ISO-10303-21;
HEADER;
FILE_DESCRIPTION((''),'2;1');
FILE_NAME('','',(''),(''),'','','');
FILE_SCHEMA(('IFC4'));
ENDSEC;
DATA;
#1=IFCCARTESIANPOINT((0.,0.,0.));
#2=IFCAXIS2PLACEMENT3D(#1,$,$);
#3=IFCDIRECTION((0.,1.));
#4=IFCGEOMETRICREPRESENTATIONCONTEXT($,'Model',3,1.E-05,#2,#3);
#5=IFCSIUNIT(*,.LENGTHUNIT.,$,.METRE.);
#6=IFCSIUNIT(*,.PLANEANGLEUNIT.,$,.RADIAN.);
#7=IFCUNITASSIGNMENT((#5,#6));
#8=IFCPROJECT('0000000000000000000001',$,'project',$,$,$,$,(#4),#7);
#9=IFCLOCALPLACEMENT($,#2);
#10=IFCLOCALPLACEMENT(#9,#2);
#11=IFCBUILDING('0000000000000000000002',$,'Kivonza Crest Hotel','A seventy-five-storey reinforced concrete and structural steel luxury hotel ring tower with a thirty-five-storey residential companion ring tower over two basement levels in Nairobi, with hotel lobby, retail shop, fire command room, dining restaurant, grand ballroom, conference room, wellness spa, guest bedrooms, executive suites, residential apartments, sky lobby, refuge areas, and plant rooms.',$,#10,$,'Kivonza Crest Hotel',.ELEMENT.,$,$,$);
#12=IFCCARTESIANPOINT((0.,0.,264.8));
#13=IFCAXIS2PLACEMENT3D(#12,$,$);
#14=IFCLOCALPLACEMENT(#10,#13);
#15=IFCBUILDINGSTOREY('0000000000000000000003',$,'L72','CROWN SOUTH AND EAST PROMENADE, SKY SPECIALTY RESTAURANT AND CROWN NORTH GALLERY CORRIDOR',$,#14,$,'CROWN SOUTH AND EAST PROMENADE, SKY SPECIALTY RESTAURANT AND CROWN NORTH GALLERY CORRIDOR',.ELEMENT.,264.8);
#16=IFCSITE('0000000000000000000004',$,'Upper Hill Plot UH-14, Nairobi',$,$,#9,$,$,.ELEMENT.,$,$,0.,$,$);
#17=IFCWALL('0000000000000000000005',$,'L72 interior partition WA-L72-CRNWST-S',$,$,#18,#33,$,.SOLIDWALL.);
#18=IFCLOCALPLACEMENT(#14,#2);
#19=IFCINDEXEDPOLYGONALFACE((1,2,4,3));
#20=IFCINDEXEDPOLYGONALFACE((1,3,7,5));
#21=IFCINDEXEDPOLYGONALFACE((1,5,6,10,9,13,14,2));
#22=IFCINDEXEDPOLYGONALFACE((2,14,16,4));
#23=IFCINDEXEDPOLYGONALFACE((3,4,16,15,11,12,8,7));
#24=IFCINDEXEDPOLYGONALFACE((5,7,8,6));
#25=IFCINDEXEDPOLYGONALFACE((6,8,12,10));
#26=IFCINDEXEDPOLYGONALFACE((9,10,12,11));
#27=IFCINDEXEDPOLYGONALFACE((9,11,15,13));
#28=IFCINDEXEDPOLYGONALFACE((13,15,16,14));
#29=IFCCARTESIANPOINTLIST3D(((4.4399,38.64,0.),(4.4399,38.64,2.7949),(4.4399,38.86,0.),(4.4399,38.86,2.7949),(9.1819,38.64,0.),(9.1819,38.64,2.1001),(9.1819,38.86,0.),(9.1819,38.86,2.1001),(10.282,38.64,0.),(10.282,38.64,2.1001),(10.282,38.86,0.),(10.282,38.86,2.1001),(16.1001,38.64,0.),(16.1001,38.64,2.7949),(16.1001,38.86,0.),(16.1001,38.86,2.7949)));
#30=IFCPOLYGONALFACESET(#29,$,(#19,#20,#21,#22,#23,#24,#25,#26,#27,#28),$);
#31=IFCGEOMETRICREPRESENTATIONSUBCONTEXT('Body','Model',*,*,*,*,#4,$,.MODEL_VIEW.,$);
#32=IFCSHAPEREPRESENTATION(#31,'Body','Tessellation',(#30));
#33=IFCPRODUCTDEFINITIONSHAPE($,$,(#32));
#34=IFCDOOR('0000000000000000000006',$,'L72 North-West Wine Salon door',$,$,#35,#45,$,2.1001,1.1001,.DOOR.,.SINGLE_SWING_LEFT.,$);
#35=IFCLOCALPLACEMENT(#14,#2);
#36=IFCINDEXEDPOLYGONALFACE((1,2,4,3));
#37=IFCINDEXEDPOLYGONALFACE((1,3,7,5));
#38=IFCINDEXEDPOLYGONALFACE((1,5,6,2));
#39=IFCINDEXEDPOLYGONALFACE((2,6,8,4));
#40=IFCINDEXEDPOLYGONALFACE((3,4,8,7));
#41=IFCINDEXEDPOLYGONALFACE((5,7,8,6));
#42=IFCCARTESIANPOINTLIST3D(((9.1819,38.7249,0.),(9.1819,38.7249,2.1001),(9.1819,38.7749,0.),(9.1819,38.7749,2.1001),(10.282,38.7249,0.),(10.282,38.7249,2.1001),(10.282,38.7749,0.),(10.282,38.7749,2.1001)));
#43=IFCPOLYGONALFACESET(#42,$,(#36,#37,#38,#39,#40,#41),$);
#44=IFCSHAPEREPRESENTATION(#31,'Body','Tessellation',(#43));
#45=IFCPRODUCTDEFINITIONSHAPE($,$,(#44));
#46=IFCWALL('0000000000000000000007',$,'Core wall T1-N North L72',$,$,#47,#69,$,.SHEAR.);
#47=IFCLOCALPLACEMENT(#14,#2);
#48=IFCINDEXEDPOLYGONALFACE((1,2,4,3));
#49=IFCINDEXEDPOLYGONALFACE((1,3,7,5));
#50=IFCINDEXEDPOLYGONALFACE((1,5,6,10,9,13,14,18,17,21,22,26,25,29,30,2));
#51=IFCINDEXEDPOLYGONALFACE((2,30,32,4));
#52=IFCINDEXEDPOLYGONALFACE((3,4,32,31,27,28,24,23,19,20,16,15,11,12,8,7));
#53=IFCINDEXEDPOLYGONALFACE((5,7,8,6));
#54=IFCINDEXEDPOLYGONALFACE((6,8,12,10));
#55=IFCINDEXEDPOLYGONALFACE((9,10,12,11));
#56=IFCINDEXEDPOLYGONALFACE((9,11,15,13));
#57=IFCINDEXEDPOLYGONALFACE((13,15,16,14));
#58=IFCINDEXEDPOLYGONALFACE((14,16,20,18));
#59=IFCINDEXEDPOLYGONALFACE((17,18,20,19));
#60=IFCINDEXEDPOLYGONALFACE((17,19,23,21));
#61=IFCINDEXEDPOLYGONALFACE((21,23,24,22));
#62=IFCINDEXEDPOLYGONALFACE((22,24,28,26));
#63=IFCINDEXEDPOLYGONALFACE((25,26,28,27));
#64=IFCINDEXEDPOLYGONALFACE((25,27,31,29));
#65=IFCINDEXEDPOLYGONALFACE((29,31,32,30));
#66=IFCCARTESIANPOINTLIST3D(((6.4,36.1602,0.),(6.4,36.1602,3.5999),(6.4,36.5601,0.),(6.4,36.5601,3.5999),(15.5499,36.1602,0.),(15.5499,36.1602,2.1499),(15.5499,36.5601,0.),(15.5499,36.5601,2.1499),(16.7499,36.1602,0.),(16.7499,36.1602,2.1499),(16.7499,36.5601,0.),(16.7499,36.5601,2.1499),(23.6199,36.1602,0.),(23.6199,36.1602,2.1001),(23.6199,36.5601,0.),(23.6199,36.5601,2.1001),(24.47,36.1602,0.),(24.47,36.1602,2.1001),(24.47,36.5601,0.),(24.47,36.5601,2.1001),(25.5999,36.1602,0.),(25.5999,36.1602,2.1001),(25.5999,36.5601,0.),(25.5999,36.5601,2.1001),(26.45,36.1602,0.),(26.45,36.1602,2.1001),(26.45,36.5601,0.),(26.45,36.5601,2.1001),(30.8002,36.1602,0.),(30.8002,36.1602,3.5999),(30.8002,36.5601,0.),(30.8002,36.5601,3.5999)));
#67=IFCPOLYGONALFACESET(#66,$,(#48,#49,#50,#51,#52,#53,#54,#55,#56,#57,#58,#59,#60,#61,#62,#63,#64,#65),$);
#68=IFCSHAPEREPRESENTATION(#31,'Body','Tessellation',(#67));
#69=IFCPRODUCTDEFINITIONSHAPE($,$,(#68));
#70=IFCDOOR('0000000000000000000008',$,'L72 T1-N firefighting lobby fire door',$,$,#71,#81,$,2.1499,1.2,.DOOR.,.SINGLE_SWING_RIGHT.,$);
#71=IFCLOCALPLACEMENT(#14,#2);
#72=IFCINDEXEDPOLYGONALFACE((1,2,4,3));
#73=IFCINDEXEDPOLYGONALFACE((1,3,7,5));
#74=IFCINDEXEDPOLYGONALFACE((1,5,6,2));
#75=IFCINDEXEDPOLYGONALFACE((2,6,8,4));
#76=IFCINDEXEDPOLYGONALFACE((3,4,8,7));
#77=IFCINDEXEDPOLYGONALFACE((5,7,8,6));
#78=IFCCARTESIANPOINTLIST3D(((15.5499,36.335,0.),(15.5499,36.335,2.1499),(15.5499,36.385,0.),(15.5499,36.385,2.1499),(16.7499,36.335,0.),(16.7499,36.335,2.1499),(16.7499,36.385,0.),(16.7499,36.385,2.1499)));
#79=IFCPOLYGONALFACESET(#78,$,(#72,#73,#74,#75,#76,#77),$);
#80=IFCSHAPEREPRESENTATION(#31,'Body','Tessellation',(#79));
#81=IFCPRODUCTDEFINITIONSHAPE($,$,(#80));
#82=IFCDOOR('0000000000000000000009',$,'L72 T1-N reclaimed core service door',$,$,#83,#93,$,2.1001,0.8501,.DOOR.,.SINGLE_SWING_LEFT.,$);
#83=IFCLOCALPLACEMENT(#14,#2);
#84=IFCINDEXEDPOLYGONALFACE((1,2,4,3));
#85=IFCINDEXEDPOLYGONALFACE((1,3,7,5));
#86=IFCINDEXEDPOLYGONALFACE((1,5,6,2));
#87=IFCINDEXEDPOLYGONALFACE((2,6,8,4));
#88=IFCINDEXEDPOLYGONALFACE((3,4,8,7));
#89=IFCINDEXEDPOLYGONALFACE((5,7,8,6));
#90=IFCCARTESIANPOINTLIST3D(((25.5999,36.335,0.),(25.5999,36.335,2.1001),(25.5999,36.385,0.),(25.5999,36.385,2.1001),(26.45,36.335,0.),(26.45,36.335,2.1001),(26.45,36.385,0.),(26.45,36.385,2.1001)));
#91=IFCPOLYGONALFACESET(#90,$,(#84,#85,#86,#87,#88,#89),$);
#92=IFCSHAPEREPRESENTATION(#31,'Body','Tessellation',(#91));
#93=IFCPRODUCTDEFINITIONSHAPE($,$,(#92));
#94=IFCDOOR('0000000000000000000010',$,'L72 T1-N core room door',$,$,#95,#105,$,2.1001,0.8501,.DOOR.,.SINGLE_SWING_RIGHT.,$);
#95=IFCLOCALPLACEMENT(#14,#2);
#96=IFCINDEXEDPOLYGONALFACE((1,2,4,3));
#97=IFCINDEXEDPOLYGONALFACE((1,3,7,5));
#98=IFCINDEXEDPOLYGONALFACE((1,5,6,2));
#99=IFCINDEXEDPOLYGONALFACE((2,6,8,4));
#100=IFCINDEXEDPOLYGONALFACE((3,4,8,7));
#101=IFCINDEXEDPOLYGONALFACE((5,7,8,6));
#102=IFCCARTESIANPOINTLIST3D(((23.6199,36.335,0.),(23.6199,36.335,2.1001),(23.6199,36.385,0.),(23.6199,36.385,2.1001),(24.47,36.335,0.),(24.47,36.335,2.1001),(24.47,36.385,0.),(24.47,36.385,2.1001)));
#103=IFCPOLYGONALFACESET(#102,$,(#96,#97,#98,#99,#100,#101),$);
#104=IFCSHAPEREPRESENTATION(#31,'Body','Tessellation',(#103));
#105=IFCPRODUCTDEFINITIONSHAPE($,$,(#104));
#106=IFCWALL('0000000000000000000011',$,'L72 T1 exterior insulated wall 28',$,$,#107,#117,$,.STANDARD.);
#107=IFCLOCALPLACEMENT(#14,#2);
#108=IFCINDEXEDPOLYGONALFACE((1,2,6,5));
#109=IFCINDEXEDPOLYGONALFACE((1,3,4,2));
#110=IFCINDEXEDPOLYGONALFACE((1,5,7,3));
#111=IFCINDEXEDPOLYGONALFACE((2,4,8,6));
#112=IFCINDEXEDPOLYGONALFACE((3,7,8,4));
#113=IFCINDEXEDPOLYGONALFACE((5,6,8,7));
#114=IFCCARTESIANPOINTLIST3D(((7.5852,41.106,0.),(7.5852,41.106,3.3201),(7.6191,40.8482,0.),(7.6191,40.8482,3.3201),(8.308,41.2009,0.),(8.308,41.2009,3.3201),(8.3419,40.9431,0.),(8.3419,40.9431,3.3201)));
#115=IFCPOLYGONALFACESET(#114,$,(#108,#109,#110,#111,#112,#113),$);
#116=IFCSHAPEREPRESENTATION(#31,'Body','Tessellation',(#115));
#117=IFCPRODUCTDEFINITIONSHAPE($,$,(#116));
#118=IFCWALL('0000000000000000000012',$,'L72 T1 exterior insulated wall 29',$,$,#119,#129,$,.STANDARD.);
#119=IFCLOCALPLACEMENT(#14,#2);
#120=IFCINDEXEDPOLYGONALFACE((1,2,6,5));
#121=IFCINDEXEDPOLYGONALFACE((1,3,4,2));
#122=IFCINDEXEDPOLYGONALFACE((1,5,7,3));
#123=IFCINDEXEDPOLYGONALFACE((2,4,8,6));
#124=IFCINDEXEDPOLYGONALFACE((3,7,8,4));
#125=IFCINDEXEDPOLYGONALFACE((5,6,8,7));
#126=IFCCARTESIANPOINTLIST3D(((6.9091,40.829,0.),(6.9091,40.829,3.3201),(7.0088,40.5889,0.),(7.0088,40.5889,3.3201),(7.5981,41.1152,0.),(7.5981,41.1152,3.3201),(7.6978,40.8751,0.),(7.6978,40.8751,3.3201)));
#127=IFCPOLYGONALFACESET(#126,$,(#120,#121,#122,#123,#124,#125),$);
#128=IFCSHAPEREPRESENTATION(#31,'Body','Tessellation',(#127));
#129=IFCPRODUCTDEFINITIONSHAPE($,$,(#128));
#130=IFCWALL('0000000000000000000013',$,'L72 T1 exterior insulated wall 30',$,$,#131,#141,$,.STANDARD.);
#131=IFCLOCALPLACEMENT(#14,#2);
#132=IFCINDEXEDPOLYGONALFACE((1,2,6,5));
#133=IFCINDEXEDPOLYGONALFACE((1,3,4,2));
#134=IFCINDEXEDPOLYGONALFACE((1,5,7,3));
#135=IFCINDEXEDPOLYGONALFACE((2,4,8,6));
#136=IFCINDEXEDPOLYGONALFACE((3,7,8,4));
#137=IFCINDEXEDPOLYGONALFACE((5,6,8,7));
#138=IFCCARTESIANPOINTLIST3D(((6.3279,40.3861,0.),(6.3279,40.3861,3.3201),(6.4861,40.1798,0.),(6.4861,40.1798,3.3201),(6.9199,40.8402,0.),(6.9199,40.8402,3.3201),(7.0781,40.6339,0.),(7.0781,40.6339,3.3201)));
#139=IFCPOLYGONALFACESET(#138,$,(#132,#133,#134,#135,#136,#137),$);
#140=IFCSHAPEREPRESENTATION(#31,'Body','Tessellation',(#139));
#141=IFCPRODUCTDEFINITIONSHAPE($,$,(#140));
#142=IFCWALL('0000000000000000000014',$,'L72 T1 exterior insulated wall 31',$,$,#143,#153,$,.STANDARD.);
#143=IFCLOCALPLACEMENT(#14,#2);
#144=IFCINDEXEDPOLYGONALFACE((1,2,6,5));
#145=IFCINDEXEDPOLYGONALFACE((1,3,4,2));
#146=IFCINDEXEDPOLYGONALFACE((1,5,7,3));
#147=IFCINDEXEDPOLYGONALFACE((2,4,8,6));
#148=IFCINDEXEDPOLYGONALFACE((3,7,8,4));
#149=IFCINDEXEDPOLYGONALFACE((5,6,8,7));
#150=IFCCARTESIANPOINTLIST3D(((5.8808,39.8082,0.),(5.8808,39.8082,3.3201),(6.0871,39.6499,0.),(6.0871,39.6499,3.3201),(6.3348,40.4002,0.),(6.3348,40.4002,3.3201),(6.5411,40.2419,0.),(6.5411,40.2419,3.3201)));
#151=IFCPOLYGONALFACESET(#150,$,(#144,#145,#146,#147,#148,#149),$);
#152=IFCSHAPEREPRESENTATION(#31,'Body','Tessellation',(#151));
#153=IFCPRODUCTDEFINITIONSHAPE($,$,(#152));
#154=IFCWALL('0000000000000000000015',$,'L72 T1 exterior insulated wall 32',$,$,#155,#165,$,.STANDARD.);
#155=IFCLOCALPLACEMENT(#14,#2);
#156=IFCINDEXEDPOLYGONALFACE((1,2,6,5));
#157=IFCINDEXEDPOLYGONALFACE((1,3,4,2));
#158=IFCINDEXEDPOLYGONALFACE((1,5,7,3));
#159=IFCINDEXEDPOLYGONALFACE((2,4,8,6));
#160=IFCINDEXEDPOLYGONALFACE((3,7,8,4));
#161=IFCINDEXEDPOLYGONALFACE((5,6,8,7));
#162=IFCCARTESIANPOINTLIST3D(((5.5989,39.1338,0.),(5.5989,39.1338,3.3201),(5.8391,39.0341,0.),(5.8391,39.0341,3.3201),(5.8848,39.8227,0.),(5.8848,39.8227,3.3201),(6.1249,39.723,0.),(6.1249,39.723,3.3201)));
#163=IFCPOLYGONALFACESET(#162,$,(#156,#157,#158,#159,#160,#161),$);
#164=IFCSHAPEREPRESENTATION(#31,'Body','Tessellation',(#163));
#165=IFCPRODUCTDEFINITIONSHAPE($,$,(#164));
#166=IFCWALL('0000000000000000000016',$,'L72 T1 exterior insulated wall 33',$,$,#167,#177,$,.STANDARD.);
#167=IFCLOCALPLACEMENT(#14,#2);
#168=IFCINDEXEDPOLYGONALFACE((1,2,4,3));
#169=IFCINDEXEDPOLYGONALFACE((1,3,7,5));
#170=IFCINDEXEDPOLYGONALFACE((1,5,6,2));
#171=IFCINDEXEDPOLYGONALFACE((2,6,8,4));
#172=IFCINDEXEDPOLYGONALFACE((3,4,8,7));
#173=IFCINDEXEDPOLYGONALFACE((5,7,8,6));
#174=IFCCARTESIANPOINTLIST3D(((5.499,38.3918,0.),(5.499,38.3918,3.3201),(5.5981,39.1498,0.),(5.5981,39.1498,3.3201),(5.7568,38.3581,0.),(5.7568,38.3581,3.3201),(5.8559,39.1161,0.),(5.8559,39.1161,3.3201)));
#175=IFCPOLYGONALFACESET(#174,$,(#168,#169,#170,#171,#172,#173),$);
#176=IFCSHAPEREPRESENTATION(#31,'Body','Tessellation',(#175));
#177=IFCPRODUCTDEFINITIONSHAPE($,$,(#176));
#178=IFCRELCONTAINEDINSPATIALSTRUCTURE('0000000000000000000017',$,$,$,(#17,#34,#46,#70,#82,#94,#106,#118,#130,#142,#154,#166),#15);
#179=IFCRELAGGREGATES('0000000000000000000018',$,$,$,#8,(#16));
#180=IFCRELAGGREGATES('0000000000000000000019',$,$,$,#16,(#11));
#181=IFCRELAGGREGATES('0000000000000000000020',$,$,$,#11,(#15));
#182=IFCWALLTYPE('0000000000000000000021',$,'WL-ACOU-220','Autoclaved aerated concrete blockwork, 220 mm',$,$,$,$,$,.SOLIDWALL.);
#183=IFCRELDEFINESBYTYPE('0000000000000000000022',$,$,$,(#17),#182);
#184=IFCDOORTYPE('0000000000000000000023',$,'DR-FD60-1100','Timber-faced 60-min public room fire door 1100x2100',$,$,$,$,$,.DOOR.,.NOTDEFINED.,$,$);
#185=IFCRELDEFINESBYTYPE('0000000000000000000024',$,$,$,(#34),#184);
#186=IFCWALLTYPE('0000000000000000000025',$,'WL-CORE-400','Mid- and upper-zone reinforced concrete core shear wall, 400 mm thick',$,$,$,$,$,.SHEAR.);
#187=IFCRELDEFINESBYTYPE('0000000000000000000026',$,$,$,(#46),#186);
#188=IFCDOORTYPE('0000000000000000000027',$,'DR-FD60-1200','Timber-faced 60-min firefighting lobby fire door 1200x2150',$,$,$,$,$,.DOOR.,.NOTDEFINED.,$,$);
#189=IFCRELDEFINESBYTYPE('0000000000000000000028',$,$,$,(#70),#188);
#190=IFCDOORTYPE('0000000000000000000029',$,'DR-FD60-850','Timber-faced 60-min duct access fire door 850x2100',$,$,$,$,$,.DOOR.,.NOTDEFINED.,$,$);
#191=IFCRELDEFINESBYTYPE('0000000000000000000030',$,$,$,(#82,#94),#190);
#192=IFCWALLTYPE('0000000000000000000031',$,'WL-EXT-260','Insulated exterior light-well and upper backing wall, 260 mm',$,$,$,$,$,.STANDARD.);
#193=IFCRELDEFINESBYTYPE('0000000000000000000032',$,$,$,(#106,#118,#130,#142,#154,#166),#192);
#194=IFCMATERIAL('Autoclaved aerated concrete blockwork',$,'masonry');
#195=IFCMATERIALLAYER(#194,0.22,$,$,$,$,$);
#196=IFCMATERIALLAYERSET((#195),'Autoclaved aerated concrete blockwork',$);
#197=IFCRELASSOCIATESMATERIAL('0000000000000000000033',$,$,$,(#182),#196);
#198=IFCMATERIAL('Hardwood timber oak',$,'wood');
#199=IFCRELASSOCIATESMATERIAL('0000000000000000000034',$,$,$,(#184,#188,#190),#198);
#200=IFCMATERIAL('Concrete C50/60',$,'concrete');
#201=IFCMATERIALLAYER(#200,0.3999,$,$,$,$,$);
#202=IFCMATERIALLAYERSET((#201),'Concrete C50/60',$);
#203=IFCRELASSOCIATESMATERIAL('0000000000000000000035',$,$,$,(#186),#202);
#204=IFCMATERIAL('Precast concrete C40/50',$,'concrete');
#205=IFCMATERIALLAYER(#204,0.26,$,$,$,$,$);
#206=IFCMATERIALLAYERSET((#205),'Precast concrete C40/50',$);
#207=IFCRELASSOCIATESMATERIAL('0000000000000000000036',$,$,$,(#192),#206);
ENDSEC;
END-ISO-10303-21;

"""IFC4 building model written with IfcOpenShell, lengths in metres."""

from ifc_helpers import new_model, si_unit, direction, frame, frame_2d, origin, place, context, subcontext, project, spatial, rectangle, extrude, material, layer, layer_set, type_object, element, fill, save


model = new_model("IFC4")

# Units and contexts
model_context = context("Model", 3, precision=1e-05, world=origin(), true_north=direction((0.0, 1.0)))
body_context = subcontext(model_context, "Body", "Model", "MODEL_VIEW")
ifc_project = project(units=[si_unit("LENGTHUNIT", "METRE"), si_unit("PLANEANGLEUNIT", "RADIAN")], contexts=[model_context])

# Site, building, storey
site_placement = place(None, origin())
site = spatial("IfcSite", under=ifc_project, at=site_placement, Name="Upper Hill Plot UH-14, Nairobi", CompositionType="ELEMENT", RefElevation=0.0)
building_placement = place(site_placement, origin())
building = spatial("IfcBuilding", under=site, at=building_placement, Name="Kivonza Crest Hotel", Description="A seventy-five-storey reinforced concrete and structural steel luxury hotel ring tower with a thirty-five-storey residential companion ring tower over two basement levels in Nairobi, with hotel lobby, retail shop, fire command room, dining restaurant, grand ballroom, conference room, wellness spa, guest bedrooms, executive suites, residential apartments, sky lobby, refuge areas, and plant rooms.", LongName="Kivonza Crest Hotel", CompositionType="ELEMENT")
storey_placement = place(building_placement, frame((0.0, 0.0, 264.8)))
storey = spatial("IfcBuildingStorey", under=building, at=storey_placement, Name="L72", Description="CROWN SOUTH AND EAST PROMENADE, SKY SPECIALTY RESTAURANT AND CROWN NORTH GALLERY CORRIDOR", LongName="CROWN SOUTH AND EAST PROMENADE, SKY SPECIALTY RESTAURANT AND CROWN NORTH GALLERY CORRIDOR", CompositionType="ELEMENT", Elevation=264.8)

# Shared definitions
ifc_material_1 = material(Name="Concrete C50/60", Category="concrete")

# Wall, opening, door
ifc_material_2 = material(Name="Autoclaved aerated concrete blockwork", Category="masonry")
ifc_layer_1 = layer(ifc_material_2, 0.22)
ifc_layer_set_1 = layer_set([ifc_layer_1], Name="Autoclaved aerated concrete blockwork")
wall_type_1 = type_object("IfcWallType", Name="WL-ACOU-220", Description="Autoclaved aerated concrete blockwork, 220 mm", PredefinedType="SOLIDWALL", material=ifc_layer_set_1)
wall_1_placement = place(storey_placement, frame((4.4399, 38.75, 0.0), z_axis=(0.0, 0.0, 1.0), x_axis=(1.0, 0.0, 0.0)))
wall_1 = element("IfcWall", 1, at=wall_1_placement, inside=storey, type_object=wall_type_1, Name="L72 interior partition WA-L72-CRNWST-S", PredefinedType="SOLIDWALL", context=body_context, shape_type="SweptSolid", body=[
    extrude(rectangle(XDim=11.6602, YDim=0.22, at=frame_2d((5.8301, 0.0))), origin(), (0.0, 0.0, 1.0), 2.7949),
])
opening_1_placement = place(wall_1_placement, frame((4.7419, 0.0, 0.0)))
opening_1 = element("IfcOpeningElement", 2, at=opening_1_placement, cuts=wall_1, PredefinedType="OPENING", context=body_context, shape_type="SweptSolid", body=[
    extrude(rectangle(XDim=1.1001, YDim=2.1001, at=frame_2d((0.55, 1.05))), frame((0.0, 0.1201, 0.0), z_axis=(0.0, -1.0, 0.0), x_axis=(1.0, 0.0, 0.0)), (0.0, 0.0, 1.0), 0.24),
])
ifc_material_3 = material(Name="Hardwood timber oak", Category="wood")
door_type_1 = type_object("IfcDoorType", Name="DR-FD60-1100", Description="Timber-faced 60-min public room fire door 1100x2100", OperationType="NOTDEFINED", PredefinedType="DOOR", material=ifc_material_3)
door_1_placement = place(opening_1_placement, origin())
door_1 = element("IfcDoor", 3, at=door_1_placement, inside=storey, type_object=door_type_1, Name="L72 North-West Wine Salon door", OperationType="SINGLE_SWING_LEFT", OverallHeight=2.1001, OverallWidth=1.1001, PredefinedType="DOOR", context=body_context, shape_type="SweptSolid", body=[
    extrude(rectangle(XDim=1.1001, YDim=2.1001, at=frame_2d((0.55, 1.05))), frame((0.0, 0.0249, 0.0), z_axis=(0.0, -1.0, 0.0), x_axis=(1.0, 0.0, 0.0)), (0.0, 0.0, 1.0), 0.05),
])
fill(opening_1, door_1)

# Wall, openings, doors
ifc_layer_2 = layer(ifc_material_1, 0.3999)
ifc_layer_set_2 = layer_set([ifc_layer_2], Name="Concrete C50/60")
wall_type_2 = type_object("IfcWallType", Name="WL-CORE-400", Description="Mid- and upper-zone reinforced concrete core shear wall, 400 mm thick", PredefinedType="SHEAR", material=ifc_layer_set_2)
wall_2_placement = place(storey_placement, frame((6.3999, 36.3601, 0.0), z_axis=(0.0, 0.0, 1.0), x_axis=(1.0, 0.0, 0.0)))
wall_2 = element("IfcWall", 4, at=wall_2_placement, inside=storey, type_object=wall_type_2, Name="Core wall T1-N North L72", PredefinedType="SHEAR", context=body_context, shape_type="SweptSolid", body=[
    extrude(rectangle(XDim=24.4001, YDim=0.3999, at=frame_2d((12.2002, 0.0))), origin(), (0.0, 0.0, 1.0), 3.5999),
])
opening_2_placement = place(wall_2_placement, frame((9.1499, 0.0, 0.0)))
opening_2 = element("IfcOpeningElement", 5, at=opening_2_placement, cuts=wall_2, PredefinedType="OPENING", context=body_context, shape_type="SweptSolid", body=[
    extrude(rectangle(XDim=1.2, YDim=2.1499, at=frame_2d((0.6001, 1.075))), frame((0.0, 0.21, 0.0), z_axis=(0.0, -1.0, 0.0), x_axis=(1.0, 0.0, 0.0)), (0.0, 0.0, 1.0), 0.4199),
])
opening_3_placement = place(wall_2_placement, frame((19.2, 0.0, 0.0)))
opening_3 = element("IfcOpeningElement", 6, at=opening_3_placement, cuts=wall_2, PredefinedType="OPENING", context=body_context, shape_type="SweptSolid", body=[
    extrude(rectangle(XDim=0.8501, YDim=2.1001, at=frame_2d((0.425, 1.05))), frame((0.0, 0.21, 0.0), z_axis=(0.0, -1.0, 0.0), x_axis=(1.0, 0.0, 0.0)), (0.0, 0.0, 1.0), 0.4199),
])
opening_4_placement = place(wall_2_placement, frame((17.22, 0.0, 0.0)))
opening_4 = element("IfcOpeningElement", 7, at=opening_4_placement, cuts=wall_2, PredefinedType="OPENING", context=body_context, shape_type="SweptSolid", body=[
    extrude(rectangle(XDim=0.8501, YDim=2.1001, at=frame_2d((0.425, 1.05))), frame((0.0, 0.21, 0.0), z_axis=(0.0, -1.0, 0.0), x_axis=(1.0, 0.0, 0.0)), (0.0, 0.0, 1.0), 0.4199),
])
door_type_2 = type_object("IfcDoorType", Name="DR-FD60-1200", Description="Timber-faced 60-min firefighting lobby fire door 1200x2150", OperationType="NOTDEFINED", PredefinedType="DOOR", material=ifc_material_3)
door_2_placement = place(opening_2_placement, origin())
door_2 = element("IfcDoor", 8, at=door_2_placement, inside=storey, type_object=door_type_2, Name="L72 T1-N firefighting lobby fire door", OperationType="SINGLE_SWING_RIGHT", OverallHeight=2.1499, OverallWidth=1.2, PredefinedType="DOOR", context=body_context, shape_type="SweptSolid", body=[
    extrude(rectangle(XDim=1.2, YDim=2.1499, at=frame_2d((0.6001, 1.075))), frame((0.0, 0.0249, 0.0), z_axis=(0.0, -1.0, 0.0), x_axis=(1.0, 0.0, 0.0)), (0.0, 0.0, 1.0), 0.05),
])
fill(opening_2, door_2)
door_type_3 = type_object("IfcDoorType", Name="DR-FD60-850", Description="Timber-faced 60-min duct access fire door 850x2100", OperationType="NOTDEFINED", PredefinedType="DOOR", material=ifc_material_3)
door_3_placement = place(opening_3_placement, origin())
door_3 = element("IfcDoor", 9, at=door_3_placement, inside=storey, type_object=door_type_3, Name="L72 T1-N reclaimed core service door", OperationType="SINGLE_SWING_LEFT", OverallHeight=2.1001, OverallWidth=0.8501, PredefinedType="DOOR", context=body_context, shape_type="SweptSolid", body=[
    extrude(rectangle(XDim=0.8501, YDim=2.1001, at=frame_2d((0.425, 1.05))), frame((0.0, 0.0249, 0.0), z_axis=(0.0, -1.0, 0.0), x_axis=(1.0, 0.0, 0.0)), (0.0, 0.0, 1.0), 0.05),
])
fill(opening_3, door_3)
door_4_placement = place(opening_4_placement, origin())
door_4 = element("IfcDoor", 10, at=door_4_placement, inside=storey, type_object=door_type_3, Name="L72 T1-N core room door", OperationType="SINGLE_SWING_RIGHT", OverallHeight=2.1001, OverallWidth=0.8501, PredefinedType="DOOR", context=body_context, shape_type="SweptSolid", body=[
    extrude(rectangle(XDim=0.8501, YDim=2.1001, at=frame_2d((0.425, 1.05))), frame((0.0, 0.0249, 0.0), z_axis=(0.0, -1.0, 0.0), x_axis=(1.0, 0.0, 0.0)), (0.0, 0.0, 1.0), 0.05),
])
fill(opening_4, door_4)

# Walls
ifc_material_4 = material(Name="Precast concrete C40/50", Category="concrete")
ifc_layer_3 = layer(ifc_material_4, 0.26)
ifc_layer_set_3 = layer_set([ifc_layer_3], Name="Precast concrete C40/50")
wall_type_3 = type_object("IfcWallType", Name="WL-EXT-260", Description="Insulated exterior light-well and upper backing wall, 260 mm", PredefinedType="STANDARD", material=ifc_layer_set_3)
wall_3_placement = place(storey_placement, frame((8.325, 41.072, 0.0), z_axis=(0.0, 0.0, 1.0), x_axis=(-0.99148, -0.130255, 0.0)))
element("IfcWall", 11, at=wall_3_placement, inside=storey, type_object=wall_type_3, Name="L72 T1 exterior insulated wall 28", PredefinedType="STANDARD", context=body_context, shape_type="SweptSolid", body=[
    extrude(rectangle(XDim=0.729, YDim=0.26, at=frame_2d((0.3645, 0.0))), origin(), (0.0, 0.0, 1.0), 3.3201),
])
for number, where, z_axis, x_axis, name in (
    (12, (7.6479, 40.9951, 0.0), (0.0, 0.0, 1.0), (-0.923522, -0.383546, 0.0), "L72 T1 exterior insulated wall 29"),
    (13, (6.999, 40.7371, 0.0), (0.0, 0.0, 1.0), (-0.793475, -0.608603, 0.0), "L72 T1 exterior insulated wall 30"),
    (14, (6.438, 40.321, 0.0), (0.0, 0.0, 1.0), (-0.608603, -0.793475, 0.0), "L72 T1 exterior insulated wall 31"),
):
    element("IfcWall", number, at=place(storey_placement, frame(where, z_axis=z_axis, x_axis=x_axis)), inside=storey, type_object=wall_type_3, Name=name, PredefinedType="STANDARD", context=body_context, shape_type="SweptSolid", body=[
        extrude(rectangle(XDim=0.7461, YDim=0.26, at=frame_2d((0.373, 0.0))), origin(), (0.0, 0.0, 1.0), 3.3201),
    ])
wall_4_placement = place(storey_placement, frame((6.0049, 39.7729, 0.0), z_axis=(0.0, 0.0, 1.0), x_axis=(-0.383267, -0.923638, 0.0)))
element("IfcWall", 15, at=wall_4_placement, inside=storey, type_object=wall_type_3, Name="L72 T1 exterior insulated wall 32", PredefinedType="STANDARD", context=body_context, shape_type="SweptSolid", body=[
    extrude(rectangle(XDim=0.7458, YDim=0.26, at=frame_2d((0.373, 0.0))), origin(), (0.0, 0.0, 1.0), 3.3201),
])
wall_5_placement = place(storey_placement, frame((5.7271, 39.1331, 0.0), z_axis=(0.0, 0.0, 1.0), x_axis=(-0.129653, -0.991559, 0.0)))
element("IfcWall", 16, at=wall_5_placement, inside=storey, type_object=wall_type_3, Name="L72 T1 exterior insulated wall 33", PredefinedType="STANDARD", context=body_context, shape_type="SweptSolid", body=[
    extrude(rectangle(XDim=0.7644, YDim=0.26, at=frame_2d((0.3823, 0.0))), origin(), (0.0, 0.0, 1.0), 3.3201),
])

save(model, "model.ifc")
